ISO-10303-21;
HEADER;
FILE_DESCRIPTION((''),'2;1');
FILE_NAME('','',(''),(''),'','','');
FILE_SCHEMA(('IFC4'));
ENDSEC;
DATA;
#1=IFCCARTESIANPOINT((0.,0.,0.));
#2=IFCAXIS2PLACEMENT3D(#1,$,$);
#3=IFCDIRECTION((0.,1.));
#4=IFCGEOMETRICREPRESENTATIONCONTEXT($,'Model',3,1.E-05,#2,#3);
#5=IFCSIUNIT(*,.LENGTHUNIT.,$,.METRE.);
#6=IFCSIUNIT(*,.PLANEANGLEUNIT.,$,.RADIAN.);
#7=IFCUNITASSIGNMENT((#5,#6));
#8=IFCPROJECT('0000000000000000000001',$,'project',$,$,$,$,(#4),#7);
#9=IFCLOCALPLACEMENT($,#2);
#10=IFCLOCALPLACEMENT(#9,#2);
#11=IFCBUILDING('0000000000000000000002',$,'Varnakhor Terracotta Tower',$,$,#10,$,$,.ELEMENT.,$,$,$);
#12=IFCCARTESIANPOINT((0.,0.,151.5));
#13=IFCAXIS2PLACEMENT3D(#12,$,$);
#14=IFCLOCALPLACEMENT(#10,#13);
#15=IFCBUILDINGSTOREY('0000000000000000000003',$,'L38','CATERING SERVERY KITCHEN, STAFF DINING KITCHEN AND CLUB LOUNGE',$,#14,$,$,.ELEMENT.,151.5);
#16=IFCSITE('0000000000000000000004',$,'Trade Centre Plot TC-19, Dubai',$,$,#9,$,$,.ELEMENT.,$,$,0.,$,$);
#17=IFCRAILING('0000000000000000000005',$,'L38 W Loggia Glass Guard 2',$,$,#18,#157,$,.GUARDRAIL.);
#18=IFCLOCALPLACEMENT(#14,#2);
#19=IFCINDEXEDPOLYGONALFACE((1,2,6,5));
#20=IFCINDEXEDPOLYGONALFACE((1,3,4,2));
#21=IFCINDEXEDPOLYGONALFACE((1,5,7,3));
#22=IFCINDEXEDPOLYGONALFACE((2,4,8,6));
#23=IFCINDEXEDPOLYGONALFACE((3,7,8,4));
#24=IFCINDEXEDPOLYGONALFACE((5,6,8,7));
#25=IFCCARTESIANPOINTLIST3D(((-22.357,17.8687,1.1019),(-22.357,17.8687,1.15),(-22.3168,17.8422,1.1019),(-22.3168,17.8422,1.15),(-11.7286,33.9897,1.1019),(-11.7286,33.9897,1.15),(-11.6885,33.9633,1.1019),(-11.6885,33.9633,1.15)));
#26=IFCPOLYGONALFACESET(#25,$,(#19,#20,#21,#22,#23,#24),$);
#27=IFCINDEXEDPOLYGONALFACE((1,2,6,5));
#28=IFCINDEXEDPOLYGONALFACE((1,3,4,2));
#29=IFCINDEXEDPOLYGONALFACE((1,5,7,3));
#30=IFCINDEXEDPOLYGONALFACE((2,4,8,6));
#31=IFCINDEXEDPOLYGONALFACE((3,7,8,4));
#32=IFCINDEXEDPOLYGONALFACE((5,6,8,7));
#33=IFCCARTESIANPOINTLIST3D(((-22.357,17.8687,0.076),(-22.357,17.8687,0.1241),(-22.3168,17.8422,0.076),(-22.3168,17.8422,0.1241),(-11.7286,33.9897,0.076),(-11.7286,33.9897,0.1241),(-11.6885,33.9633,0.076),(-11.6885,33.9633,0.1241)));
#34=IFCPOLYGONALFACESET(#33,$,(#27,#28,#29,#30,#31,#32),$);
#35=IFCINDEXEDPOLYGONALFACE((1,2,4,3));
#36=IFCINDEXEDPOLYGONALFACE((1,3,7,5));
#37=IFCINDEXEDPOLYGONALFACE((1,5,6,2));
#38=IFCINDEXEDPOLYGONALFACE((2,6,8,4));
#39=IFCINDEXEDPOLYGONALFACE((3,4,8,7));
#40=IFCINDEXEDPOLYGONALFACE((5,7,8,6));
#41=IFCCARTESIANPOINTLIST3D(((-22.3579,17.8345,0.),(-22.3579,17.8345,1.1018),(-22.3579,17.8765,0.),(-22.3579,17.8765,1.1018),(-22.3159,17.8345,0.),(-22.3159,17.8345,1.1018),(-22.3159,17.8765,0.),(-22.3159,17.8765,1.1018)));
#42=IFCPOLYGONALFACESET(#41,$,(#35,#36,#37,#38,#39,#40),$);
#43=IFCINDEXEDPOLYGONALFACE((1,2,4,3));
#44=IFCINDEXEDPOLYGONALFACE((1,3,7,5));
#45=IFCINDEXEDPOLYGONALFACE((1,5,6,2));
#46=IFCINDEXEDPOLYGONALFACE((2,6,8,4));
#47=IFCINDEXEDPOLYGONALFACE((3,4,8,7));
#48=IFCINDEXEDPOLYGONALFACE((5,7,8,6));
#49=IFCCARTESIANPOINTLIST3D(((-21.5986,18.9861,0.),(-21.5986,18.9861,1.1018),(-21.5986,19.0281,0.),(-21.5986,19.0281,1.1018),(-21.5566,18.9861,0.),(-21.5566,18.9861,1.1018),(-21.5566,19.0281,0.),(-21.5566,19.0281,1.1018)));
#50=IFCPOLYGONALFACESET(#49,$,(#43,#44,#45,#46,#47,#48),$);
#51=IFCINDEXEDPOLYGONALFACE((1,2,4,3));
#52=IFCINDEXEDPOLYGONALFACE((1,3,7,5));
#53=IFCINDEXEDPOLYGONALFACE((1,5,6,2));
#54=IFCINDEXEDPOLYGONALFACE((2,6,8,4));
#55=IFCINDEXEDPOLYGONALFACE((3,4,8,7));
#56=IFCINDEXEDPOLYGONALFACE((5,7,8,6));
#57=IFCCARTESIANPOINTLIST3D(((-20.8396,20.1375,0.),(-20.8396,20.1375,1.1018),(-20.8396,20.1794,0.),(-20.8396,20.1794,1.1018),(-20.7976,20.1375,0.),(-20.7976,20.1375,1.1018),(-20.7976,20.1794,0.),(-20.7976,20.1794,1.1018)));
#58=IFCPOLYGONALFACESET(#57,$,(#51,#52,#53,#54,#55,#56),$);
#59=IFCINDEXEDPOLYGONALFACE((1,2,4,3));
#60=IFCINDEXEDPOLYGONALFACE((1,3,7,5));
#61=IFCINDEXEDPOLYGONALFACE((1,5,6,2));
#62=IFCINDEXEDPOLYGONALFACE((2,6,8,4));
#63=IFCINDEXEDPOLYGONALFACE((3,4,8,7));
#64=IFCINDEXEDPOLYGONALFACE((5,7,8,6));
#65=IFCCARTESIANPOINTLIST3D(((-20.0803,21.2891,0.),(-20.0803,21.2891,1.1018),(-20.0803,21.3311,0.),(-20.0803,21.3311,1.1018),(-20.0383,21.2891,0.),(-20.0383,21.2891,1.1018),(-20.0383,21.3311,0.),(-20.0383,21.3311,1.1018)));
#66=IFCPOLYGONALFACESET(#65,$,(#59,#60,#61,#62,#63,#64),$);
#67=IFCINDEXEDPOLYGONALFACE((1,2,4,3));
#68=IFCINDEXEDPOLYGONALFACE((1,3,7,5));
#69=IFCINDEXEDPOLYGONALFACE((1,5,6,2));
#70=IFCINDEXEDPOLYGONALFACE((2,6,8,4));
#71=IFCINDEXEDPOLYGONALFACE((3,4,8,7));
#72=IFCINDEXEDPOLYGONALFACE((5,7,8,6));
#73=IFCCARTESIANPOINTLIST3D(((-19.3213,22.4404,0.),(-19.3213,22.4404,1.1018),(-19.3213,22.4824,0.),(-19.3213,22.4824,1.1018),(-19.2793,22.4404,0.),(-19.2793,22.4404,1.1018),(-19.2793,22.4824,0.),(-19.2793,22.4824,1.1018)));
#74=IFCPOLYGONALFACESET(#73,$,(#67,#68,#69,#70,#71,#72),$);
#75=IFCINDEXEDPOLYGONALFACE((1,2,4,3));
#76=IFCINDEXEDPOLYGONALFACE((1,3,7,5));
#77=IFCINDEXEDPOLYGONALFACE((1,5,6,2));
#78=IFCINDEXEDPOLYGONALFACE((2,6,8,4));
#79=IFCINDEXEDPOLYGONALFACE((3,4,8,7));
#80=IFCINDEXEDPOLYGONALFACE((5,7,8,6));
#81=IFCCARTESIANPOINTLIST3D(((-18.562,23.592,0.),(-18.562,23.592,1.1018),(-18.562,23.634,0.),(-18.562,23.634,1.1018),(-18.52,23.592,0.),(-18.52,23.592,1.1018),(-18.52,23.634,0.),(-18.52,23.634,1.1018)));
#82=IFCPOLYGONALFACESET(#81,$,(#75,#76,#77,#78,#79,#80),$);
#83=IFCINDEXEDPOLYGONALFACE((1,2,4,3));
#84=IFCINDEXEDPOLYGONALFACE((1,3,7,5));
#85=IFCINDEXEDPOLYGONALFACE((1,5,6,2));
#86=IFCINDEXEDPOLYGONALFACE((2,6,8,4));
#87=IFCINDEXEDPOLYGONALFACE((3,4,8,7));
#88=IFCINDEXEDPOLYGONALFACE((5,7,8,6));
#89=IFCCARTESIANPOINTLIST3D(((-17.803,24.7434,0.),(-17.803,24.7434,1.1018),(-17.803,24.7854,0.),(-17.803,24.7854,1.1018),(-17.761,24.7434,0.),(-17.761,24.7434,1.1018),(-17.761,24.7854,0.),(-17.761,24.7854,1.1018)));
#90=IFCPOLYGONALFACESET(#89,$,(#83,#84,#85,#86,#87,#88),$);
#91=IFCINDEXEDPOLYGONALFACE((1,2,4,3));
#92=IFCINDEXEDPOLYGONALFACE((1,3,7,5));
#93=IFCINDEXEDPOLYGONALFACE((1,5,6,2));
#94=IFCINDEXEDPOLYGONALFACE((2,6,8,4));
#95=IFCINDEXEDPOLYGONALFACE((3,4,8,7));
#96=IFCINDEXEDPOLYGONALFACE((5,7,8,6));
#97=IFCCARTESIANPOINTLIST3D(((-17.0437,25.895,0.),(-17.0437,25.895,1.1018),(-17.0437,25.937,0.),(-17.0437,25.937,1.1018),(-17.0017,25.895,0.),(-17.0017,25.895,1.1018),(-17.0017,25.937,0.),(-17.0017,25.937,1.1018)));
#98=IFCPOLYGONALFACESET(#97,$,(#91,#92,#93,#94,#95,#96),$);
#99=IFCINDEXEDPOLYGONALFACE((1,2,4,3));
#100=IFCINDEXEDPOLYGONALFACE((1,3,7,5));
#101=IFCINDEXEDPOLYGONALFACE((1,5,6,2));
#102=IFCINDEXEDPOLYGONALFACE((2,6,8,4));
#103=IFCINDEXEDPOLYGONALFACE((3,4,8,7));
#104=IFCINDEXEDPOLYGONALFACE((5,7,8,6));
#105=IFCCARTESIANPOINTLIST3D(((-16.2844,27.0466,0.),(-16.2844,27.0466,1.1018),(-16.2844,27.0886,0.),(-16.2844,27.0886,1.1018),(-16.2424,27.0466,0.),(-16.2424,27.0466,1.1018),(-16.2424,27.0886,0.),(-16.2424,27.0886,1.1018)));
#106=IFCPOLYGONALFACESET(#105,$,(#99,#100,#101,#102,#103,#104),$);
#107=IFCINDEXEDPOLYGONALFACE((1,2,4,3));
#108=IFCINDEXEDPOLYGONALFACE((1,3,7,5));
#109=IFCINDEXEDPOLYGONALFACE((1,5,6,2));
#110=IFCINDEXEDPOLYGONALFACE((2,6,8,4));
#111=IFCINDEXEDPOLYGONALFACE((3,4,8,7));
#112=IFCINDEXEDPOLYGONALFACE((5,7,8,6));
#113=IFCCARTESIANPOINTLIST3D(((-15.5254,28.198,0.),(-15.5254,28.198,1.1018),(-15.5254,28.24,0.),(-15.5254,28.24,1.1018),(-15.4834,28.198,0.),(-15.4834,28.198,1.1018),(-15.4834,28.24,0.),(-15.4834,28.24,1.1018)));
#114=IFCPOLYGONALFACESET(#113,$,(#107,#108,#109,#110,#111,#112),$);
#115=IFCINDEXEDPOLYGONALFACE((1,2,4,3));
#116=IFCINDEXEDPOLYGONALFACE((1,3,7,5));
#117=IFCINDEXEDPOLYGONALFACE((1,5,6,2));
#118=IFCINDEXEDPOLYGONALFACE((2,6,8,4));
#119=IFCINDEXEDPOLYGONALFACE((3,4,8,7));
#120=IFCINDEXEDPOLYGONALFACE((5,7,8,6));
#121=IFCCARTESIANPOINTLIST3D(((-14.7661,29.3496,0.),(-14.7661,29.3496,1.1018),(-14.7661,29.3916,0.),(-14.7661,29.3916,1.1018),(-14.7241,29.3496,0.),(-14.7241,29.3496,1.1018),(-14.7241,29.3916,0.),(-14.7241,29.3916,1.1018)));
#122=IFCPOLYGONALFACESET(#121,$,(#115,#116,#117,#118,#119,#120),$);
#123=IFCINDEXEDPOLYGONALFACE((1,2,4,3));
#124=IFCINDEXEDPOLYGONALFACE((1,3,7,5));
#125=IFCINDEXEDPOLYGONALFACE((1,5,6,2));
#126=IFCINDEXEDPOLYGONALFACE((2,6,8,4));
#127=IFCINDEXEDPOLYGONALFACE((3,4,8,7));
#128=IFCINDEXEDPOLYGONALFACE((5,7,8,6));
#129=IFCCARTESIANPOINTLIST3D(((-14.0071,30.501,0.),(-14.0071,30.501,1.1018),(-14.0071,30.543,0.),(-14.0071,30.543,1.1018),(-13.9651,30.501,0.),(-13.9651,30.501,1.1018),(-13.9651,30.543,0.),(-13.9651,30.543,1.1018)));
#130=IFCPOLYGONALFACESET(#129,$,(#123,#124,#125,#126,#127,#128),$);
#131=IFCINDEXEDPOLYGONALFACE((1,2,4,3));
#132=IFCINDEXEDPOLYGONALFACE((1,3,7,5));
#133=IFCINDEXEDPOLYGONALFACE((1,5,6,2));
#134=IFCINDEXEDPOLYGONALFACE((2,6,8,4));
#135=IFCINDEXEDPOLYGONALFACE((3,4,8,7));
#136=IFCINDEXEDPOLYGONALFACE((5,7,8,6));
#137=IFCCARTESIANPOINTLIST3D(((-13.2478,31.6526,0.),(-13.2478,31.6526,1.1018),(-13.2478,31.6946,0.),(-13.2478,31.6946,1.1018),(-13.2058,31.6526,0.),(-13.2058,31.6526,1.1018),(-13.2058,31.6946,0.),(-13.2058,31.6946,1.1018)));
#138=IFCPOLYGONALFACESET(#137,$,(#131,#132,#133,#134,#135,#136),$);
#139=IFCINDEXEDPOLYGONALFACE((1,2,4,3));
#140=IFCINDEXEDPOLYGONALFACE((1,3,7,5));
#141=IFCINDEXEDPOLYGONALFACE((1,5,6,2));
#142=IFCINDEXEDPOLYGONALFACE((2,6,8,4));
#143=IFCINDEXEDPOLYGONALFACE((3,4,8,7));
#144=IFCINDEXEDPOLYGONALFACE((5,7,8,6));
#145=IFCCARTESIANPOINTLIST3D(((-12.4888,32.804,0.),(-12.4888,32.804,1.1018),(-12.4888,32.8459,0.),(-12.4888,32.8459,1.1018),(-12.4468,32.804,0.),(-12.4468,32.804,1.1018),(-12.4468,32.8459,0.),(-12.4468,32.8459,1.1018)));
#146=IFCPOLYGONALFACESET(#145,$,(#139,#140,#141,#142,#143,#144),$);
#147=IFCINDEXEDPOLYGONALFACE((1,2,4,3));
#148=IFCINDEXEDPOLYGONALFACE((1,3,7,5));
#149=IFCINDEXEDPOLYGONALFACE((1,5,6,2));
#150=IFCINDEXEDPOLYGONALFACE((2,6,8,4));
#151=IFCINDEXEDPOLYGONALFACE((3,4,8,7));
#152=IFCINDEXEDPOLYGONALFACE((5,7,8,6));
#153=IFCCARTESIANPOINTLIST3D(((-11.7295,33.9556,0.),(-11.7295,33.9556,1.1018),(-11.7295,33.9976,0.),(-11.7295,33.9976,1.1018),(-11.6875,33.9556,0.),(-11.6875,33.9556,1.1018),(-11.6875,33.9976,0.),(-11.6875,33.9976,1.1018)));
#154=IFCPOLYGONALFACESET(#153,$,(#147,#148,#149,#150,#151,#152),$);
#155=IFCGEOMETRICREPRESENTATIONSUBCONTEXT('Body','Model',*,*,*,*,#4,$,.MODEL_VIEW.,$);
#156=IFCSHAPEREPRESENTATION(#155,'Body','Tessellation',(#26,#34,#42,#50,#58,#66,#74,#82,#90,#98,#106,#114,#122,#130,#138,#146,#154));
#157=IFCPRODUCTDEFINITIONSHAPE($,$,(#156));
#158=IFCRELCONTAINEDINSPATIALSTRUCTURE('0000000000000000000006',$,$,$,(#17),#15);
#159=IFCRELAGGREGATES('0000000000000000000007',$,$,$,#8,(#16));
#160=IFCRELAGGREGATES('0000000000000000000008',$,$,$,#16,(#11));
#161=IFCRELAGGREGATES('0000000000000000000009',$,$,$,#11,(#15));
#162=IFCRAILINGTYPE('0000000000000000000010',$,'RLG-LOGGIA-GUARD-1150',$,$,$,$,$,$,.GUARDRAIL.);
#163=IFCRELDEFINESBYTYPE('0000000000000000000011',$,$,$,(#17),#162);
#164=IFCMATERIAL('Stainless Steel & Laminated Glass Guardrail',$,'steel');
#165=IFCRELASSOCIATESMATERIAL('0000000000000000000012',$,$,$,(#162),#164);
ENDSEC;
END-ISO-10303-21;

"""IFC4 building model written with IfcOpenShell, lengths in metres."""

from ifc_helpers import new_model, si_unit, direction, frame, origin, origin_2d, place, context, subcontext, project, spatial, rectangle, extrude, material, type_object, element, save


model = new_model("IFC4")

# Units and contexts
model_context = context("Model", 3, precision=1e-05, world=origin(), true_north=direction((0.0, 1.0)))
body_context = subcontext(model_context, "Body", "Model", "MODEL_VIEW")
ifc_project = project(units=[si_unit("LENGTHUNIT", "METRE"), si_unit("PLANEANGLEUNIT", "RADIAN")], contexts=[model_context])

# Site, building, storey
site_placement = place(None, origin())
site = spatial("IfcSite", under=ifc_project, at=site_placement, Name="Trade Centre Plot TC-19, Dubai", CompositionType="ELEMENT", RefElevation=0.0)
building_placement = place(site_placement, origin())
building = spatial("IfcBuilding", under=site, at=building_placement, Name="Varnakhor Terracotta Tower", CompositionType="ELEMENT")
storey_placement = place(building_placement, frame((0.0, 0.0, 151.5)))
storey = spatial("IfcBuildingStorey", under=building, at=storey_placement, Name="L38", Description="CATERING SERVERY KITCHEN, STAFF DINING KITCHEN AND CLUB LOUNGE", CompositionType="ELEMENT", Elevation=151.5)

# Railing
ifc_material_1 = material(Name="Stainless Steel & Laminated Glass Guardrail", Category="steel")
railing_type = type_object("IfcRailingType", Name="RLG-LOGGIA-GUARD-1150", PredefinedType="GUARDRAIL", material=ifc_material_1)
railing_1_placement = place(storey_placement, frame((-22.3369, 17.8555, 0.0)))
element("IfcRailing", 1, at=railing_1_placement, inside=storey, type_object=railing_type, Name="L38 W Loggia Glass Guard 2", PredefinedType="GUARDRAIL", context=body_context, shape_type="SweptSolid", body=[
    extrude(rectangle(XDim=0.0481, YDim=0.0481, at=origin_2d()), frame((0.0, 0.0, 1.126), z_axis=(0.550427, 0.834883, 0.0), x_axis=(-0.834883, 0.550427, 0.0)), (0.0, 0.0, 1.0), 19.3093),
    extrude(rectangle(XDim=0.0481, YDim=0.0481, at=origin_2d()), frame((0.0, 0.0, 0.1001), z_axis=(0.550427, 0.834883, 0.0), x_axis=(-0.834883, 0.550427, 0.0)), (0.0, 0.0, 1.0), 19.3093),
    extrude(rectangle(XDim=0.042, YDim=0.042, at=origin_2d()), origin(), (0.0, 0.0, 1.0), 1.1018),
    extrude(rectangle(XDim=0.042, YDim=0.042, at=origin_2d()), frame((0.7593, 1.1516, 0.0)), (0.0, 0.0, 1.0), 1.1018),
    extrude(rectangle(XDim=0.042, YDim=0.042, at=origin_2d()), frame((1.5183, 2.303, 0.0)), (0.0, 0.0, 1.0), 1.1018),
    extrude(rectangle(XDim=0.042, YDim=0.042, at=origin_2d()), frame((2.2776, 3.4546, 0.0)), (0.0, 0.0, 1.0), 1.1018),
    extrude(rectangle(XDim=0.042, YDim=0.042, at=origin_2d()), frame((3.0366, 4.606, 0.0)), (0.0, 0.0, 1.0), 1.1018),
    extrude(rectangle(XDim=0.042, YDim=0.042, at=origin_2d()), frame((3.7959, 5.7576, 0.0)), (0.0, 0.0, 1.0), 1.1018),
    extrude(rectangle(XDim=0.042, YDim=0.042, at=origin_2d()), frame((4.5549, 6.9089, 0.0)), (0.0, 0.0, 1.0), 1.1018),
    extrude(rectangle(XDim=0.042, YDim=0.042, at=origin_2d()), frame((5.3142, 8.0605, 0.0)), (0.0, 0.0, 1.0), 1.1018),
    extrude(rectangle(XDim=0.042, YDim=0.042, at=origin_2d()), frame((6.0735, 9.2122, 0.0)), (0.0, 0.0, 1.0), 1.1018),
    extrude(rectangle(XDim=0.042, YDim=0.042, at=origin_2d()), frame((6.8325, 10.3635, 0.0)), (0.0, 0.0, 1.0), 1.1018),
    extrude(rectangle(XDim=0.042, YDim=0.042, at=origin_2d()), frame((7.5918, 11.5151, 0.0)), (0.0, 0.0, 1.0), 1.1018),
    extrude(rectangle(XDim=0.042, YDim=0.042, at=origin_2d()), frame((8.3508, 12.6665, 0.0)), (0.0, 0.0, 1.0), 1.1018),
    extrude(rectangle(XDim=0.042, YDim=0.042, at=origin_2d()), frame((9.1101, 13.8181, 0.0)), (0.0, 0.0, 1.0), 1.1018),
    extrude(rectangle(XDim=0.042, YDim=0.042, at=origin_2d()), frame((9.8691, 14.9695, 0.0)), (0.0, 0.0, 1.0), 1.1018),
    extrude(rectangle(XDim=0.042, YDim=0.042, at=origin_2d()), frame((10.6284, 16.1211, 0.0)), (0.0, 0.0, 1.0), 1.1018),
])

save(model, "model.ifc")
